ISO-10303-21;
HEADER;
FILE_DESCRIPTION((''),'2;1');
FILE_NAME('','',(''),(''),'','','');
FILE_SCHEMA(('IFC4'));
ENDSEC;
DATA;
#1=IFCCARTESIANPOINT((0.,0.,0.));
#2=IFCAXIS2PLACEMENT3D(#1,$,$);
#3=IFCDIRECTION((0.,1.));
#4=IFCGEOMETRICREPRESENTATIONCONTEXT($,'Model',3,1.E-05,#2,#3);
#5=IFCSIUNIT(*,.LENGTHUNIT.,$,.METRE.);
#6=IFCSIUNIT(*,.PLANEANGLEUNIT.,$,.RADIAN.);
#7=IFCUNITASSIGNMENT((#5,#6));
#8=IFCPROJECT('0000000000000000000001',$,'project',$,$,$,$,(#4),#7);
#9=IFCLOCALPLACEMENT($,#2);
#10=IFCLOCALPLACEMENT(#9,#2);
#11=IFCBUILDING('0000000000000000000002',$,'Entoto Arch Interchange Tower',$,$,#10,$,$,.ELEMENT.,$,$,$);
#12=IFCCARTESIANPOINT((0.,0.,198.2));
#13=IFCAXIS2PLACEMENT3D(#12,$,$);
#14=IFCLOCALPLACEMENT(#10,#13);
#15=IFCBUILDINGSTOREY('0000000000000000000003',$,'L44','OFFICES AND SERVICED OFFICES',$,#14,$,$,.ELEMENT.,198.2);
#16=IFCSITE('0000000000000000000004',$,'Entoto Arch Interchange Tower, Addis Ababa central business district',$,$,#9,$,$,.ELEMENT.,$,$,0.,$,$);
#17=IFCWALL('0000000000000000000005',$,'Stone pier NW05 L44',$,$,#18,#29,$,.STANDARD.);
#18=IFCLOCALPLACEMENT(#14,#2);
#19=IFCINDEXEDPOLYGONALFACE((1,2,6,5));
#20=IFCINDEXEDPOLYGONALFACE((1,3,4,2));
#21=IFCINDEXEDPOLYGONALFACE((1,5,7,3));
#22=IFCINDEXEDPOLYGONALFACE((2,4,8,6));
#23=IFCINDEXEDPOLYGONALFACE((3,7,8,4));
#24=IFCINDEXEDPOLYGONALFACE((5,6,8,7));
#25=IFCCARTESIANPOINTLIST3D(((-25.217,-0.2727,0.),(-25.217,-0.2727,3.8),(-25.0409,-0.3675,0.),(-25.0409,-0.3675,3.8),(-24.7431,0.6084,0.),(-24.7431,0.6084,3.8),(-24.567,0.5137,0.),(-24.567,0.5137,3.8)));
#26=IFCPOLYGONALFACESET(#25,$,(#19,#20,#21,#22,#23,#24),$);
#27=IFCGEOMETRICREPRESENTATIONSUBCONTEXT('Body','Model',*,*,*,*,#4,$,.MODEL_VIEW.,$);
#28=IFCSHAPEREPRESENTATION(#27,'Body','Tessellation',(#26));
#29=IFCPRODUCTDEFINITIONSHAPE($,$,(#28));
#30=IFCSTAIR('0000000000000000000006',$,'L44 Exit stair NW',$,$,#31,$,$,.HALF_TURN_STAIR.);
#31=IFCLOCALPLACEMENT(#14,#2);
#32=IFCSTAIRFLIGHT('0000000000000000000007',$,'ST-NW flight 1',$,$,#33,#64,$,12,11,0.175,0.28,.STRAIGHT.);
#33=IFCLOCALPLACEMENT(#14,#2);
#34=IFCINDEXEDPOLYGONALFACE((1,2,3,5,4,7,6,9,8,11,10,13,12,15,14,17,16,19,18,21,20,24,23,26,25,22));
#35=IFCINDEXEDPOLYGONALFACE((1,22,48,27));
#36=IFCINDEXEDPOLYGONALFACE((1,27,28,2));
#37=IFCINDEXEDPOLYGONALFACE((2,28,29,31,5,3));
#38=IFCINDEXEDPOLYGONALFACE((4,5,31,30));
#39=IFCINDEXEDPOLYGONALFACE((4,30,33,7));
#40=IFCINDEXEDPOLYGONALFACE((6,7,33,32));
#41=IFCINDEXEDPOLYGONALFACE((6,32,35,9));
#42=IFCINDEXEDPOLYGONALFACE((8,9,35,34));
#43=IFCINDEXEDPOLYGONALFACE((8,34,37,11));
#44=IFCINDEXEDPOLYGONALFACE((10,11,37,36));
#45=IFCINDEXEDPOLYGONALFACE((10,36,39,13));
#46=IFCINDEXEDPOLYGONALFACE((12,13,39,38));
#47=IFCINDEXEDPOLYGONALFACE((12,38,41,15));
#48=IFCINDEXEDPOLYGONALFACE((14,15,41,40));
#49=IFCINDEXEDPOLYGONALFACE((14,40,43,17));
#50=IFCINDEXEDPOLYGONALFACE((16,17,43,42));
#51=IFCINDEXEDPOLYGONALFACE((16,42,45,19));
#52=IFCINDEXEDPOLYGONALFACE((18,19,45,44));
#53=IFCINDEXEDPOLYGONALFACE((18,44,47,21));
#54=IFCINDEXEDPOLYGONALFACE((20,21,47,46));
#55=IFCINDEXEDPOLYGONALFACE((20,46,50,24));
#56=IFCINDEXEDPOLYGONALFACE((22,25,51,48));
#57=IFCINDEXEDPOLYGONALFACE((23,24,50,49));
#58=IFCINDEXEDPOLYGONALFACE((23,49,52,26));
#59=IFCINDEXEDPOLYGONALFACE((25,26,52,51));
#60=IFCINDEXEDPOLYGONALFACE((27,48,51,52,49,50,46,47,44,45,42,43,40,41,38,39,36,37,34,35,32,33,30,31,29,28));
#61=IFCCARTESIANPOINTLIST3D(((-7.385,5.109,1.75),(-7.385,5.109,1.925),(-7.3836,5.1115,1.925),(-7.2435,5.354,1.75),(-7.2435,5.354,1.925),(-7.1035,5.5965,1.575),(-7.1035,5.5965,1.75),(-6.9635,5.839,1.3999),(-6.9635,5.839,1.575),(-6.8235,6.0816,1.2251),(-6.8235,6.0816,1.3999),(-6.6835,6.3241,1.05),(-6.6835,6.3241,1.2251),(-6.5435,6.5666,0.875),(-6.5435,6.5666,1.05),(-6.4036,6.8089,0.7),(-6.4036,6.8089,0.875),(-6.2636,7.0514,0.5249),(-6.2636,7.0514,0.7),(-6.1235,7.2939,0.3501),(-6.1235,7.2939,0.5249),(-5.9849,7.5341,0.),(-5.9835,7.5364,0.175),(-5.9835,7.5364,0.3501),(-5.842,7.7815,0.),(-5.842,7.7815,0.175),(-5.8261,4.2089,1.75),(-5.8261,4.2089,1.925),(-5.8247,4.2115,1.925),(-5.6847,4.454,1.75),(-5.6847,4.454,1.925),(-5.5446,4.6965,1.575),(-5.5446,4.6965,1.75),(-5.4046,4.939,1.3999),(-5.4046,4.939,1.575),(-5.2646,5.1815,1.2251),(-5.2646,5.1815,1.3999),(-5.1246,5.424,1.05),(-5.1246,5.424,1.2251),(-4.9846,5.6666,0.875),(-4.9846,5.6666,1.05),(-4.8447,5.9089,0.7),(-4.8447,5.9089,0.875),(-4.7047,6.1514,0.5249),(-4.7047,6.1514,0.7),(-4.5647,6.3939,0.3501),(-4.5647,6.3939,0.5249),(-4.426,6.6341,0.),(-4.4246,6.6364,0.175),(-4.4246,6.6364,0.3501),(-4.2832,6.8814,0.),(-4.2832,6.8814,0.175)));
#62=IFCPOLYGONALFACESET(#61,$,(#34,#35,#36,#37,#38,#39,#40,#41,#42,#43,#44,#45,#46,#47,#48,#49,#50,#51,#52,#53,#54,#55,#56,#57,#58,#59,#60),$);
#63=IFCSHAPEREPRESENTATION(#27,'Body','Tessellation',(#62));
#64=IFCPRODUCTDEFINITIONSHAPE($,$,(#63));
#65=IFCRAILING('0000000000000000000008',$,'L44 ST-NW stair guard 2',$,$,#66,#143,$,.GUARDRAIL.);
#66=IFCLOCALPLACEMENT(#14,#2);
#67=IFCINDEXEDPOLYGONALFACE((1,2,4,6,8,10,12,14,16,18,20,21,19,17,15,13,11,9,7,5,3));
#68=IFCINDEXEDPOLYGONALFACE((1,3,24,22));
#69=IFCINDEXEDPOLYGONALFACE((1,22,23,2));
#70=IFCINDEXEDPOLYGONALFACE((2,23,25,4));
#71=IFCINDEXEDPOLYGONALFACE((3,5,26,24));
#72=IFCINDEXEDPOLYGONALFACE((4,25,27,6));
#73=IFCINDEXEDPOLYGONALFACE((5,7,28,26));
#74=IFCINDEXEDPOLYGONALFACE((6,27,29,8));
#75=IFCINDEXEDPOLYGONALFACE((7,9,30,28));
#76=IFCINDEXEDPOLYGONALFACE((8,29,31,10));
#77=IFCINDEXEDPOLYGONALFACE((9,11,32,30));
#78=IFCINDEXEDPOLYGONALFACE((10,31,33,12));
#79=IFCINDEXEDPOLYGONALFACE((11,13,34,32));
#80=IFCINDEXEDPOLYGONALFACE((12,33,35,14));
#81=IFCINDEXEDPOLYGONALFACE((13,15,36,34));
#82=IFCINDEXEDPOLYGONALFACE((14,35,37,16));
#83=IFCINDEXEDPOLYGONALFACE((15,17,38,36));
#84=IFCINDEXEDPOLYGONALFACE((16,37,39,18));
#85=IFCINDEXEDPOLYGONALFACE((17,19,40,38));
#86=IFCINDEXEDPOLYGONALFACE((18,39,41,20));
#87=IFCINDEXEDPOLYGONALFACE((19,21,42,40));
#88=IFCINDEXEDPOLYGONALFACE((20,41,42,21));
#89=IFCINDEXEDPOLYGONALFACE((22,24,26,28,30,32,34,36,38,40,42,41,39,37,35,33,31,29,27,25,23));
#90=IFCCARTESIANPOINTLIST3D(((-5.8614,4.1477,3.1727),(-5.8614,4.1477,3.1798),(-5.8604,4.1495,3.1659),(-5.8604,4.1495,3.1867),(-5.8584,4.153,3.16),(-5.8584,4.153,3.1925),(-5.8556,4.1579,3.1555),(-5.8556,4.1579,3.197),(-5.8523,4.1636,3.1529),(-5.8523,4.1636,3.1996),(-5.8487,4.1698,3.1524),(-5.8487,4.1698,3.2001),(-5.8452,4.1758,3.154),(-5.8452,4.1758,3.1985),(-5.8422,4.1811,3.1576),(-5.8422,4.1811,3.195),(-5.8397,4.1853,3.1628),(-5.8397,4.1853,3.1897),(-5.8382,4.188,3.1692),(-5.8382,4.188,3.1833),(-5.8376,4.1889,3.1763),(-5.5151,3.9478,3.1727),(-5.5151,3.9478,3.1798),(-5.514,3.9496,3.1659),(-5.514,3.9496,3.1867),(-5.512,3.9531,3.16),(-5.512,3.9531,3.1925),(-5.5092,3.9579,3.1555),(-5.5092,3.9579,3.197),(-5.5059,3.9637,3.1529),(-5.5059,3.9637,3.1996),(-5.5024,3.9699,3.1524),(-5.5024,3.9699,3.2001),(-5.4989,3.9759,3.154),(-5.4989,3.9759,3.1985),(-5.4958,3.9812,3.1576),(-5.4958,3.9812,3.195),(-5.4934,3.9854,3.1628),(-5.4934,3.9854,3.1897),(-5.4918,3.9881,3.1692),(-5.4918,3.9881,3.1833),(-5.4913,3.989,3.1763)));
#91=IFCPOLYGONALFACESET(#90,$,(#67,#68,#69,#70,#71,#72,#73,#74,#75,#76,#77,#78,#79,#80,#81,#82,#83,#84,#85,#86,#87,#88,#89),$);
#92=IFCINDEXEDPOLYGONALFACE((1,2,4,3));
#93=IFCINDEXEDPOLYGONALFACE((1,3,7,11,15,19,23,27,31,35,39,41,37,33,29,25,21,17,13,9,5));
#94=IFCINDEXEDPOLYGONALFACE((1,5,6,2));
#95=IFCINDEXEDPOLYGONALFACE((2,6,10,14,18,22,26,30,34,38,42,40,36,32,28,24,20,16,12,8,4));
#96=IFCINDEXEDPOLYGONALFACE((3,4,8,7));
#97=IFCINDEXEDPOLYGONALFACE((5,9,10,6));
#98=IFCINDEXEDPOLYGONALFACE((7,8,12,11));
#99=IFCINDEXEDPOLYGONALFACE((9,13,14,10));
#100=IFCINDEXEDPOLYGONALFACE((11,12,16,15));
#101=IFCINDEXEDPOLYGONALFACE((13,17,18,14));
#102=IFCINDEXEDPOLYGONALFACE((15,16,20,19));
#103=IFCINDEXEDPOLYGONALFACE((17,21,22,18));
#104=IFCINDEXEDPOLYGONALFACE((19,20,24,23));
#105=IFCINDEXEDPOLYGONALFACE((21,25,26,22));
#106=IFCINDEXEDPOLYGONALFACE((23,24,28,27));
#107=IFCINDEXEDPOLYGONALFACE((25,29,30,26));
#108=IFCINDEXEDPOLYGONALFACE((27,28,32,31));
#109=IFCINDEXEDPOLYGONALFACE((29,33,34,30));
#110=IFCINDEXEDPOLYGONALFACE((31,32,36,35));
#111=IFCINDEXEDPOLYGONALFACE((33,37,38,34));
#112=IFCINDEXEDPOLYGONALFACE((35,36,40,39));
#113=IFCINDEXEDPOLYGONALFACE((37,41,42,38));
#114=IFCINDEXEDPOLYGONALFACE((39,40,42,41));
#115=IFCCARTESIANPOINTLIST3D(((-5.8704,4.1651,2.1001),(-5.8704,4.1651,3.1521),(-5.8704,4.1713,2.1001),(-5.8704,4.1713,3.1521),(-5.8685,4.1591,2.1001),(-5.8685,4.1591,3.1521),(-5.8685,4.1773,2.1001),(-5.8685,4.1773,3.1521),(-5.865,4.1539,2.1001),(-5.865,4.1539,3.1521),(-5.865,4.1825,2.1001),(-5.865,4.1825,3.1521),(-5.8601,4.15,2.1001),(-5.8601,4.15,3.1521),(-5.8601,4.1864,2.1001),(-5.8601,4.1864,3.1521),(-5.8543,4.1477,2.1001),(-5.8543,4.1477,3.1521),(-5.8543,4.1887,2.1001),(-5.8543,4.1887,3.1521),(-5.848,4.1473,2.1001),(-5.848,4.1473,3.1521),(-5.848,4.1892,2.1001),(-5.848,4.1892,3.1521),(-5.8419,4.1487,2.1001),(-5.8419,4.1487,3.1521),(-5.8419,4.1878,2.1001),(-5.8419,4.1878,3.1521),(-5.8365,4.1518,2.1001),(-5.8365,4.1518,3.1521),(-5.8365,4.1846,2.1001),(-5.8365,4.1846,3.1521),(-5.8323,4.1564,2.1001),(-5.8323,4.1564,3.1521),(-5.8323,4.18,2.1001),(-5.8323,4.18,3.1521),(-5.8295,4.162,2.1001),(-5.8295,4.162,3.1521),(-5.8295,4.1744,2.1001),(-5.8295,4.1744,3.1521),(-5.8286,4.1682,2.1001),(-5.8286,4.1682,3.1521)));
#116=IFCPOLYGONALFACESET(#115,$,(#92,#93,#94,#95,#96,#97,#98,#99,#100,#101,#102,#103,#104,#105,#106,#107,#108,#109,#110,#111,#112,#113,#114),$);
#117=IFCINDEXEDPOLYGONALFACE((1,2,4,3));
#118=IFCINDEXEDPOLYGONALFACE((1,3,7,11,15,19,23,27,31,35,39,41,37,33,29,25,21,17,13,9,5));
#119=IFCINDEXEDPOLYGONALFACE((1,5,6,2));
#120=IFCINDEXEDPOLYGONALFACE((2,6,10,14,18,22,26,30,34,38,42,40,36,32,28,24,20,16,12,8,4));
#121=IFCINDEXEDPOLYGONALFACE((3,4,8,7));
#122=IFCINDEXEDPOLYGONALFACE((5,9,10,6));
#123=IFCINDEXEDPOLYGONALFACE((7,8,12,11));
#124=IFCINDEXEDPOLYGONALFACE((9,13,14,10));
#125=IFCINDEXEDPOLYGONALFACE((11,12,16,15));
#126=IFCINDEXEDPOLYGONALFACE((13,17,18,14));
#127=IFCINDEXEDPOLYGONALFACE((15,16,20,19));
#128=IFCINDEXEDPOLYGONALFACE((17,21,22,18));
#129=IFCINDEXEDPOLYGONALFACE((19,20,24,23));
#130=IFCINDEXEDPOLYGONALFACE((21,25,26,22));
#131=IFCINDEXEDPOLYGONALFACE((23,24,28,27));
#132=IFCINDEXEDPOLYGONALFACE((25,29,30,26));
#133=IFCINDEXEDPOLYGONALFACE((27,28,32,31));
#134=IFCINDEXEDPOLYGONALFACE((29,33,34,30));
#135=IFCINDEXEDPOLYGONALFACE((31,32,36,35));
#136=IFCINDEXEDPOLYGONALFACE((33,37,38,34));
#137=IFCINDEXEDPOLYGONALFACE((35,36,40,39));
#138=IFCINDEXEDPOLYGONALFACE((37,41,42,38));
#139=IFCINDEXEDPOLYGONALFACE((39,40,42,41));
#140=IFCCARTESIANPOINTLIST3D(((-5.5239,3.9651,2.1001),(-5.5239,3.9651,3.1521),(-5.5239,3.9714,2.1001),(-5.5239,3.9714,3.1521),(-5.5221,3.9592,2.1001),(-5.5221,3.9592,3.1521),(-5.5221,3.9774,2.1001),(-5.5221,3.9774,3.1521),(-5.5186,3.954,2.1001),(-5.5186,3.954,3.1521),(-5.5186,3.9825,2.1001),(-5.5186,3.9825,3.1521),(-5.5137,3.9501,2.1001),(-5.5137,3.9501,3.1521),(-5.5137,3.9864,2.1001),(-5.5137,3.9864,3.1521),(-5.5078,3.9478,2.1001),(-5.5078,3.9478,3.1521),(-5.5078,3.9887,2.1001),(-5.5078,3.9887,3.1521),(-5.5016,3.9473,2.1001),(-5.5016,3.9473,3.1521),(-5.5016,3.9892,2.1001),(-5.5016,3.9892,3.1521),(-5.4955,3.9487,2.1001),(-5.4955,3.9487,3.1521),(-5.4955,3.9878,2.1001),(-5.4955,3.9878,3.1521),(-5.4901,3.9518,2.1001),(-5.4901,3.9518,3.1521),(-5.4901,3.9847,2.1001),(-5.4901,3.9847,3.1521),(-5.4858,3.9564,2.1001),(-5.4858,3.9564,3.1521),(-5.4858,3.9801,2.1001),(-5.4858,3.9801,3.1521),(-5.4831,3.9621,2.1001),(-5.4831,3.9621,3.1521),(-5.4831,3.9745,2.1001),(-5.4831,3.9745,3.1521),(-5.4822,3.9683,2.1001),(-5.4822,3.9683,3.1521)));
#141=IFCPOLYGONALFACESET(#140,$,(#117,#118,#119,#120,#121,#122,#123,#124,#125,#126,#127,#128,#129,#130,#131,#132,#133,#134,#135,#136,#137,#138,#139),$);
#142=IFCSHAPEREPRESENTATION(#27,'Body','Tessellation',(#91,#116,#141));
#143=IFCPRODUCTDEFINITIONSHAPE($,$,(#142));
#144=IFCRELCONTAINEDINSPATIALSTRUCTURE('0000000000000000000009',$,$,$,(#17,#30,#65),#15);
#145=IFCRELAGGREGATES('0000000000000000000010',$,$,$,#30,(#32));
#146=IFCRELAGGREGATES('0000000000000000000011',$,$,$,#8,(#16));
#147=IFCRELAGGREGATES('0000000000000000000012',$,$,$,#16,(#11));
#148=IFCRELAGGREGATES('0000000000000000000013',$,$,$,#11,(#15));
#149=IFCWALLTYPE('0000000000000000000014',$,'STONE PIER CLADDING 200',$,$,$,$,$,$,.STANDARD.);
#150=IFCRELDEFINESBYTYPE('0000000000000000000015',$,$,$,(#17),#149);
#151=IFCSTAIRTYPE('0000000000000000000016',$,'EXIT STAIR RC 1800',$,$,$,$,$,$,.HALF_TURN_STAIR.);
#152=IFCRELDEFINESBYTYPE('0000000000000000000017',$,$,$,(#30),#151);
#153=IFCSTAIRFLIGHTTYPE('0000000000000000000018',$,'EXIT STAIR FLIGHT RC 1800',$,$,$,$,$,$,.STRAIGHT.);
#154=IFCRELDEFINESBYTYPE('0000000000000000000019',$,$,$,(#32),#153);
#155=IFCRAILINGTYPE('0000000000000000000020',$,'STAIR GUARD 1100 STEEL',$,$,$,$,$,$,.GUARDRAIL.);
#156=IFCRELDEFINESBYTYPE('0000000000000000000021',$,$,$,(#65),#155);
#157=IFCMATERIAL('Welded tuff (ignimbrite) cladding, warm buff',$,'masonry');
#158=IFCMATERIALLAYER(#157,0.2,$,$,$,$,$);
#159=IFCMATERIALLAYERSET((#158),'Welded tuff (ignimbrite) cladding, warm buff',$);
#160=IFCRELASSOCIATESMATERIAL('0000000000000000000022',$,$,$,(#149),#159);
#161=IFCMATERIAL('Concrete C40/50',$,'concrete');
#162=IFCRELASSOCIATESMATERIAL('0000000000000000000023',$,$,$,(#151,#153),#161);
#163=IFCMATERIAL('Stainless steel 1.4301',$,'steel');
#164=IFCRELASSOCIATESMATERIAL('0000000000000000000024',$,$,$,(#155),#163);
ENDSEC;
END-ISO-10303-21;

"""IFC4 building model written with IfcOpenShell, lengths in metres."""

from ifc_helpers import new_model, si_unit, direction, frame, frame_2d, origin, origin_2d, place, context, subcontext, project, spatial, polyline, rectangle, circle, outline, extrude, material, layer, layer_set, type_object, element, aggregate, save


model = new_model("IFC4")

# Units and contexts
model_context = context("Model", 3, precision=1e-05, world=origin(), true_north=direction((0.0, 1.0)))
body_context = subcontext(model_context, "Body", "Model", "MODEL_VIEW")
ifc_project = project(units=[si_unit("LENGTHUNIT", "METRE"), si_unit("PLANEANGLEUNIT", "RADIAN")], contexts=[model_context])

# Site, building, storey
site_placement = place(None, origin())
site = spatial("IfcSite", under=ifc_project, at=site_placement, Name="Entoto Arch Interchange Tower, Addis Ababa central business district", CompositionType="ELEMENT", RefElevation=0.0)
building_placement = place(site_placement, origin())
building = spatial("IfcBuilding", under=site, at=building_placement, Name="Entoto Arch Interchange Tower", CompositionType="ELEMENT")
storey_placement = place(building_placement, frame((0.0, 0.0, 198.2)))
storey = spatial("IfcBuildingStorey", under=building, at=storey_placement, Name="L44", Description="OFFICES AND SERVICED OFFICES", CompositionType="ELEMENT", Elevation=198.2)

# Shared definitions
ifc_material_1 = material(Name="Concrete C40/50", Category="concrete")

# Shared definitions
ifc_material_2 = material(Name="Welded tuff (ignimbrite) cladding, warm buff", Category="masonry")

# Wall
ifc_layer_1 = layer(ifc_material_2, 0.2)
ifc_layer_set_1 = layer_set([ifc_layer_1], Name="Welded tuff (ignimbrite) cladding, warm buff")
wall_type_1 = type_object("IfcWallType", Name="STONE PIER CLADDING 200", PredefinedType="STANDARD", material=ifc_layer_set_1)
wall_1_placement = place(storey_placement, frame((-24.655, 0.561, 0.0), z_axis=(0.0, 0.0, 1.0), x_axis=(-0.473663, -0.880706, 0.0)))
element("IfcWall", 1, at=wall_1_placement, inside=storey, type_object=wall_type_1, Name="Stone pier NW05 L44", PredefinedType="STANDARD", context=body_context, shape_type="SweptSolid", body=[
    extrude(rectangle(XDim=1.0005, YDim=0.2, at=frame_2d((0.5002, 0.0))), origin(), (0.0, 0.0, 1.0), 3.8),
])

# Stair, stair flight
stair_type = type_object("IfcStairType", Name="EXIT STAIR RC 1800", PredefinedType="HALF_TURN_STAIR", material=ifc_material_1)
stair_placement = place(storey_placement, origin())
stair = element("IfcStair", 2, at=stair_placement, inside=storey, type_object=stair_type, Name="L44 Exit stair NW", PredefinedType="HALF_TURN_STAIR")
stair_flight_type = type_object("IfcStairFlightType", Name="EXIT STAIR FLIGHT RC 1800", PredefinedType="STRAIGHT", material=ifc_material_1)
stair_flight_placement = place(storey_placement, frame((-5.064, 7.3289, 0.0), z_axis=(0.0, 0.0, 1.0), x_axis=(-0.5, -0.866025, 0.0)))
stair_flight = element("IfcStairFlight", 3, at=stair_flight_placement, type_object=stair_flight_type, Name="ST-NW flight 1", NumberOfRisers=12, NumberOfTreads=11, PredefinedType="STRAIGHT", RiserHeight=0.175, TreadLength=0.28, context=body_context, shape_type="SweptSolid", body=[
    extrude(outline(polyline([(-0.0029, 0.0), (-0.0029, 0.175), (0.28, 0.175), (0.28, 0.3501), (0.5601, 0.3501), (0.5601, 0.5249), (0.8401, 0.5249), (0.8401, 0.7), (1.1201, 0.7), (1.1201, 0.875), (1.3999, 0.875), (1.3999, 1.05), (1.6799, 1.05), (1.6799, 1.2251), (1.96, 1.2251), (1.96, 1.3999), (2.24, 1.3999), (2.24, 1.575), (2.52, 1.575), (2.52, 1.75), (2.8, 1.75), (2.8, 1.925), (3.0801, 1.925), (3.083, 1.925), (3.083, 1.75), (0.2827, 0.0), (-0.0029, 0.0)])), frame((0.0, 0.8999, 0.0), z_axis=(0.0, -1.0, 0.0), x_axis=(1.0, 0.0, 0.0)), (0.0, 0.0, 1.0), 1.8),
])
aggregate(stair, [stair_flight])

# Railing
ifc_material_3 = material(Name="Stainless steel 1.4301", Category="steel")
railing_type_1 = type_object("IfcRailingType", Name="STAIR GUARD 1100 STEEL", PredefinedType="GUARDRAIL", material=ifc_material_3)
railing_1_placement = place(storey_placement, frame((-5.8496, 4.1682, 2.1001)))
element("IfcRailing", 4, at=railing_1_placement, inside=storey, type_object=railing_type_1, Name="L44 ST-NW stair guard 2", PredefinedType="GUARDRAIL", context=body_context, shape_type="SweptSolid", body=[
    extrude(circle(Radius=0.0239, at=origin_2d()), frame((0.0, 0.0, 1.0762), z_axis=(0.866094, -0.499881, 0.0), x_axis=(0.499881, 0.866094, 0.0)), (0.0, 0.0, 1.0), 0.3999),
    extrude(circle(Radius=0.021, at=origin_2d()), origin(), (0.0, 0.0, 1.0), 1.052),
    extrude(circle(Radius=0.021, at=origin_2d()), frame((0.3464, -0.2, 0.0)), (0.0, 0.0, 1.0), 1.052),
])

save(model, "model.ifc")
